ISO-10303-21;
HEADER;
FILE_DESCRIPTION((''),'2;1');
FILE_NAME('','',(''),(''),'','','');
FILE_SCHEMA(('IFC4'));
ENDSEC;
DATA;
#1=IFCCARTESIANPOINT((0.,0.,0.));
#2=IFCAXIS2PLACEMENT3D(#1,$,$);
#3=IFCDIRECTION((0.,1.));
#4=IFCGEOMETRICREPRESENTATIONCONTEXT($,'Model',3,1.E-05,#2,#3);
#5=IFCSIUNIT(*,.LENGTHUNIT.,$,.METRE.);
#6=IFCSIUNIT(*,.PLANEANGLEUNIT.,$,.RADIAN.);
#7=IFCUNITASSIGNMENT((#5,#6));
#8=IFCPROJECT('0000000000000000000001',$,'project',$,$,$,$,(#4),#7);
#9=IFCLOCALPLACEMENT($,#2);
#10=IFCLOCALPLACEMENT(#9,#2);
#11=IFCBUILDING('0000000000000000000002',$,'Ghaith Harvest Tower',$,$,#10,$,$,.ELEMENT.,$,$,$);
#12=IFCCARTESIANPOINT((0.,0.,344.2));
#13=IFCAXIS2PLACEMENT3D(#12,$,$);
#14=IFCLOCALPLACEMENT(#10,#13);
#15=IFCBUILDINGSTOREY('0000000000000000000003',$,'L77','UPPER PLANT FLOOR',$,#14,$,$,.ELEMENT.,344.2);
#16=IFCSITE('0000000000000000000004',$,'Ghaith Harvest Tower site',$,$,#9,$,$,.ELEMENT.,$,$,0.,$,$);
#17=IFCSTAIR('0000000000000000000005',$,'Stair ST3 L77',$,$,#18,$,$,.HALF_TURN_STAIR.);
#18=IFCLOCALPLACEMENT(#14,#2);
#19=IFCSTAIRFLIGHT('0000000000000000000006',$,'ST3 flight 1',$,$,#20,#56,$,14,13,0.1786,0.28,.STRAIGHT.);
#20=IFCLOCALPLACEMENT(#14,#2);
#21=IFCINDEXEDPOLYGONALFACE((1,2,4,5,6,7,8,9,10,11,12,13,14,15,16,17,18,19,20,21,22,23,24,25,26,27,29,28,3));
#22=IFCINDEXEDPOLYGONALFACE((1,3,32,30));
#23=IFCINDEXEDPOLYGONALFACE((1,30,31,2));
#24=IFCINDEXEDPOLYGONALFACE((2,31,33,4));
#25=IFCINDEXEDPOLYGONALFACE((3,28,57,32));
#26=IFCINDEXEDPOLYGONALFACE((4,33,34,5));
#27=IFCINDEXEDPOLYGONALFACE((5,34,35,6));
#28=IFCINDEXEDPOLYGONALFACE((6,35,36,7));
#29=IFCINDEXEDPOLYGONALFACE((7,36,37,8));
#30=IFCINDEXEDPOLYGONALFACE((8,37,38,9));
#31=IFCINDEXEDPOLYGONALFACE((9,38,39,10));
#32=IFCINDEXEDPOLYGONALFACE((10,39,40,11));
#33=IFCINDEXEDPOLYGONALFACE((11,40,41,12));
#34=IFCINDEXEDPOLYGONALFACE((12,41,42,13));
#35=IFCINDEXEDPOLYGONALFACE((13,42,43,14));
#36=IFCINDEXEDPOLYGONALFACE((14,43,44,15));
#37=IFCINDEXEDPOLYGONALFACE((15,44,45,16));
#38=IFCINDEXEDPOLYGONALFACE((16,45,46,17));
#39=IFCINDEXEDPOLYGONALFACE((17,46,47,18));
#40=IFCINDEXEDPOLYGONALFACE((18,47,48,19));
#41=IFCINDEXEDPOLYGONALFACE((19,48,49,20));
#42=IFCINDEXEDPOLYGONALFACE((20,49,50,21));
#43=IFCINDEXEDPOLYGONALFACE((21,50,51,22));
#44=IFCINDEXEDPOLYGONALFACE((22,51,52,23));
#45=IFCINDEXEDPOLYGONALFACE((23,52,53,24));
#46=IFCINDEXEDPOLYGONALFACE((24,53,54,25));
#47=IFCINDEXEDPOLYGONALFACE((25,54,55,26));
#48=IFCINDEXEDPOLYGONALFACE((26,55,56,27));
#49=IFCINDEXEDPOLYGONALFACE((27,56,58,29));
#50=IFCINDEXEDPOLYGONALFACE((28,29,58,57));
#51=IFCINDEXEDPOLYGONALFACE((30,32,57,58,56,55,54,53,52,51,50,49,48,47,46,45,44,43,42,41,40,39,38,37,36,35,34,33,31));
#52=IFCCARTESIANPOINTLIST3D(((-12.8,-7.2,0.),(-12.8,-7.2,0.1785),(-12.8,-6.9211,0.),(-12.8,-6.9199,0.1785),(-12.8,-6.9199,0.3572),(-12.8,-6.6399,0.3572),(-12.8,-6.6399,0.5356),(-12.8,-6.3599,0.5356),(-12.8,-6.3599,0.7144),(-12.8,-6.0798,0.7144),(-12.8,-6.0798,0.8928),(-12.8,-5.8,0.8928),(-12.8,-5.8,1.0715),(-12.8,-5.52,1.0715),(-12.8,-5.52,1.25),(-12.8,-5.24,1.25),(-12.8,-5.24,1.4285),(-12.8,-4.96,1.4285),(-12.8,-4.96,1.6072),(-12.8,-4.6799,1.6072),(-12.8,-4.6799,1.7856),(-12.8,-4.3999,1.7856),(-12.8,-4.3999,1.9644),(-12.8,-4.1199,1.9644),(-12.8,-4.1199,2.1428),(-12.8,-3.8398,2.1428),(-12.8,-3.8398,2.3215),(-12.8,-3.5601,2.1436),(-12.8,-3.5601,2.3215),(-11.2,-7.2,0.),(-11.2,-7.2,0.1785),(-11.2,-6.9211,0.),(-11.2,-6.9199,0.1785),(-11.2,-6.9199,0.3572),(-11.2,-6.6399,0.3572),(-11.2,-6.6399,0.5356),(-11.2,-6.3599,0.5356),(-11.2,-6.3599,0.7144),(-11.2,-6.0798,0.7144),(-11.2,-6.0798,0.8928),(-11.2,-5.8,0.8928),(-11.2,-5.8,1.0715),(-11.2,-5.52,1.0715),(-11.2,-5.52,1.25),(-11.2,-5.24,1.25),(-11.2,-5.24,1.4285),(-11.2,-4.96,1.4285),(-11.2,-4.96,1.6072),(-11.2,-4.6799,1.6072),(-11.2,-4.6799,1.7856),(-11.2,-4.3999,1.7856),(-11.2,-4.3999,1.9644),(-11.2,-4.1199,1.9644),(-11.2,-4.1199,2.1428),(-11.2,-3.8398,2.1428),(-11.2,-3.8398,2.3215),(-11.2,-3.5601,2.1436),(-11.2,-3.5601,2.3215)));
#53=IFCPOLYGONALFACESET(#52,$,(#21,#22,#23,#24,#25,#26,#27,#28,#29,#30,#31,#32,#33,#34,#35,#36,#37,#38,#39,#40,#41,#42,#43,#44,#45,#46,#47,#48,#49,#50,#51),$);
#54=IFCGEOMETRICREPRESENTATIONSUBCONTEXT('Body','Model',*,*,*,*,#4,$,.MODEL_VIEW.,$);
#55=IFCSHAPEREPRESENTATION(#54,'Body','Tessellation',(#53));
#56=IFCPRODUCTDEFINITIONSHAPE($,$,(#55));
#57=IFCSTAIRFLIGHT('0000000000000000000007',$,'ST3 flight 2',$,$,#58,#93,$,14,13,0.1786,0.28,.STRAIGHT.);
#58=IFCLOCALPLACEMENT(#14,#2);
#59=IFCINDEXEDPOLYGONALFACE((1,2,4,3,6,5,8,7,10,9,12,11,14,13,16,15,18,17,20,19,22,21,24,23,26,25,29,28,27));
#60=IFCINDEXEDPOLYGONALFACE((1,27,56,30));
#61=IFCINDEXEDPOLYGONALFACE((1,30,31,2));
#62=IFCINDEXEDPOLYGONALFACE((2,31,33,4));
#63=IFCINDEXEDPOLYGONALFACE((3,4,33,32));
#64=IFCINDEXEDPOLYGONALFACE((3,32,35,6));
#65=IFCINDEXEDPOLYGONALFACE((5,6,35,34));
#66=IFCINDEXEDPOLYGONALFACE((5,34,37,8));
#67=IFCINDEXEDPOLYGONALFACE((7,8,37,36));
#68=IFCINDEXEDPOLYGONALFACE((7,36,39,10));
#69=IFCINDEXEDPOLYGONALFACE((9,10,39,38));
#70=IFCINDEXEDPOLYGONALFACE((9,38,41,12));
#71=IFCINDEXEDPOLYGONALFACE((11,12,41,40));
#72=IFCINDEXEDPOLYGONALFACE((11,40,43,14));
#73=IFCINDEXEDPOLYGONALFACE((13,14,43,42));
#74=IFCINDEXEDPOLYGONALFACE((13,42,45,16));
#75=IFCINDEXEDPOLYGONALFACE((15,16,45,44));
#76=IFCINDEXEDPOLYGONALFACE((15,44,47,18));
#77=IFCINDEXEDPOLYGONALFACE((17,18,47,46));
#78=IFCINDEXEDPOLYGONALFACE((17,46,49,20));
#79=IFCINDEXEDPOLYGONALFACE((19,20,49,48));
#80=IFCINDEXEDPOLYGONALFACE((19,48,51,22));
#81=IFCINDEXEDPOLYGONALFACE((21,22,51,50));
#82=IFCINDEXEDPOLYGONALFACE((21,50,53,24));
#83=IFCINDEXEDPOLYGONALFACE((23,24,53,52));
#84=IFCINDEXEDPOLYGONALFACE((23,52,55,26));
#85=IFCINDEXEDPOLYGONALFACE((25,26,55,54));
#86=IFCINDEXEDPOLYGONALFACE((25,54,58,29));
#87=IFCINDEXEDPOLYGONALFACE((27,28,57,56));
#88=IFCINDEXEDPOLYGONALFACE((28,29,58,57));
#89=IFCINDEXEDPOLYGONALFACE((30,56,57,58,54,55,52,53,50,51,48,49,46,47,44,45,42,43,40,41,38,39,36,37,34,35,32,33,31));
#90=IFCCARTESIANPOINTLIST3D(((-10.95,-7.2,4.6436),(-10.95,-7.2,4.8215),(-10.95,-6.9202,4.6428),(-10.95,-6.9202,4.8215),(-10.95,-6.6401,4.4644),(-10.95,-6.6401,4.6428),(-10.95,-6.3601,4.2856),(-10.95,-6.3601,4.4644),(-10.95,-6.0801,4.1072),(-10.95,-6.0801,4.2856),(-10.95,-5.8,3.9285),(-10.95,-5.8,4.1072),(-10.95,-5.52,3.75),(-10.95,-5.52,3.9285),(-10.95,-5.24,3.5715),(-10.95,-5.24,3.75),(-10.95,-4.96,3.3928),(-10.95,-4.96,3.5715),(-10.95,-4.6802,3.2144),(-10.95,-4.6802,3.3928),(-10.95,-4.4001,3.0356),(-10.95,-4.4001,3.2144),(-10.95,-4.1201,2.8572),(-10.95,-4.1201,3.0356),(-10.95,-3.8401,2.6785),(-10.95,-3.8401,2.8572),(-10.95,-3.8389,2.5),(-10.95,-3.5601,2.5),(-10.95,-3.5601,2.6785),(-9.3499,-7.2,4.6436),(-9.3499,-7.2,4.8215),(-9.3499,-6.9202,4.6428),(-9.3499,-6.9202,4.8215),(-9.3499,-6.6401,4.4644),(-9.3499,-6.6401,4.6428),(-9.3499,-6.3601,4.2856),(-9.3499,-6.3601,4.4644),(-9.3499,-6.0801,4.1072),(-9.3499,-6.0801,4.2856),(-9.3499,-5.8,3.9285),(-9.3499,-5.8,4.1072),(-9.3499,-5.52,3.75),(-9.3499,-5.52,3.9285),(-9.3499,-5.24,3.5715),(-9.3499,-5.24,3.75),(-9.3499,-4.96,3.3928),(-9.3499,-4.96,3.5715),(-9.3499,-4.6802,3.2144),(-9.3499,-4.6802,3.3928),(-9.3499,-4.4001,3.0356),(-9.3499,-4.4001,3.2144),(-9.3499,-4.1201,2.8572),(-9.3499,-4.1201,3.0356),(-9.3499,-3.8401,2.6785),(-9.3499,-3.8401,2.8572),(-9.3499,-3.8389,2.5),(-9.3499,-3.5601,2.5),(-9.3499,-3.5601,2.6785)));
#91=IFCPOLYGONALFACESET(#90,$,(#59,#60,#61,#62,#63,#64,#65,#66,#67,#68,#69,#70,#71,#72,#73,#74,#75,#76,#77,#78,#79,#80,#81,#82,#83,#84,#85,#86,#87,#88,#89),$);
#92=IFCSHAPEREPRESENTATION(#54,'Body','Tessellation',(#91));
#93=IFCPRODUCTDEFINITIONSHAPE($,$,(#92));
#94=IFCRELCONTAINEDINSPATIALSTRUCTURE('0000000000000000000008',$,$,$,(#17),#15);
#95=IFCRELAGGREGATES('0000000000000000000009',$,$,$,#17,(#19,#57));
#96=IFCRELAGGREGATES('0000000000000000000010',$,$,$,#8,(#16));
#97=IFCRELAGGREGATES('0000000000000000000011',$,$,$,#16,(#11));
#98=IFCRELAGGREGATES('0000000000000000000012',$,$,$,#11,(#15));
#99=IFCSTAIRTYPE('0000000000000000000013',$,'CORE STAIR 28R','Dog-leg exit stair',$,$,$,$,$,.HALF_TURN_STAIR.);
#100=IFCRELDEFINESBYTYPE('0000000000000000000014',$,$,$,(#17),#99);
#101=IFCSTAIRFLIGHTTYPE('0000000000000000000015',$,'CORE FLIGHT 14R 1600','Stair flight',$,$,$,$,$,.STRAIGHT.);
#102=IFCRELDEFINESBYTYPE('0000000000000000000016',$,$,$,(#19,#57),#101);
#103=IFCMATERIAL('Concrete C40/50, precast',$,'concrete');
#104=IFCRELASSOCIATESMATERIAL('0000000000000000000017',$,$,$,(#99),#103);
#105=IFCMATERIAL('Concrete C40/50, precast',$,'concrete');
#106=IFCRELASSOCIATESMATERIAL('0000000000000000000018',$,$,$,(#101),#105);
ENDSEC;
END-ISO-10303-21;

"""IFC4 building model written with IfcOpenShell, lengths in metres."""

from ifc_helpers import new_model, si_unit, direction, frame, origin, place, context, subcontext, project, spatial, polyline, outline, extrude, material, type_object, element, aggregate, save


model = new_model("IFC4")

# Units and contexts
model_context = context("Model", 3, precision=1e-05, world=origin(), true_north=direction((0.0, 1.0)))
body_context = subcontext(model_context, "Body", "Model", "MODEL_VIEW")
ifc_project = project(units=[si_unit("LENGTHUNIT", "METRE"), si_unit("PLANEANGLEUNIT", "RADIAN")], contexts=[model_context])

# Site, building, storey
site_placement = place(None, origin())
site = spatial("IfcSite", under=ifc_project, at=site_placement, Name="Ghaith Harvest Tower site", CompositionType="ELEMENT", RefElevation=0.0)
building_placement = place(site_placement, origin())
building = spatial("IfcBuilding", under=site, at=building_placement, Name="Ghaith Harvest Tower", CompositionType="ELEMENT")
storey_placement = place(building_placement, frame((0.0, 0.0, 344.2)))
storey = spatial("IfcBuildingStorey", under=building, at=storey_placement, Name="L77", Description="UPPER PLANT FLOOR", CompositionType="ELEMENT", Elevation=344.2)

# Stair, stair flights
ifc_material_1 = material(Name="Concrete C40/50, precast", Category="concrete")
stair_type = type_object("IfcStairType", Name="CORE STAIR 28R", Description="Dog-leg exit stair", PredefinedType="HALF_TURN_STAIR", material=ifc_material_1)
stair_placement = place(storey_placement, origin())
stair = element("IfcStair", 1, at=stair_placement, inside=storey, type_object=stair_type, Name="Stair ST3 L77", PredefinedType="HALF_TURN_STAIR")
ifc_material_2 = material(Name="Concrete C40/50, precast", Category="concrete")
stair_flight_type = type_object("IfcStairFlightType", Name="CORE FLIGHT 14R 1600", Description="Stair flight", PredefinedType="STRAIGHT", material=ifc_material_2)
stair_flight_1_placement = place(storey_placement, frame((-12.0, -7.2, 0.0), z_axis=(0.0, 0.0, 1.0), x_axis=(0.0, 1.0, 0.0)))
stair_flight_1 = element("IfcStairFlight", 2, at=stair_flight_1_placement, type_object=stair_flight_type, Name="ST3 flight 1", NumberOfRisers=14, NumberOfTreads=13, PredefinedType="STRAIGHT", RiserHeight=0.1786, TreadLength=0.28, context=body_context, shape_type="SweptSolid", body=[
    extrude(outline(polyline([(0.0, 0.0), (0.0, 0.1785), (0.28, 0.1785), (0.28, 0.3572), (0.5601, 0.3572), (0.5601, 0.5356), (0.8401, 0.5356), (0.8401, 0.7144), (1.1201, 0.7144), (1.1201, 0.8928), (1.3999, 0.8928), (1.3999, 1.0715), (1.6799, 1.0715), (1.6799, 1.25), (1.96, 1.25), (1.96, 1.4285), (2.24, 1.4285), (2.24, 1.6072), (2.52, 1.6072), (2.52, 1.7856), (2.8, 1.7856), (2.8, 1.9644), (3.0801, 1.9644), (3.0801, 2.1428), (3.3601, 2.1428), (3.3601, 2.3215), (3.6399, 2.3215), (3.6399, 2.5), (3.6399, 2.1436), (0.2788, 0.0), (0.0, 0.0)])), frame((0.0, 0.8, 0.0), z_axis=(0.0, -1.0, 0.0), x_axis=(1.0, 0.0, 0.0)), (0.0, 0.0, 1.0), 1.6001),
])
stair_flight_2_placement = place(storey_placement, frame((-10.1499, -3.5601, 2.5), z_axis=(0.0, 0.0, 1.0), x_axis=(0.0, -1.0, 0.0)))
stair_flight_2 = element("IfcStairFlight", 3, at=stair_flight_2_placement, type_object=stair_flight_type, Name="ST3 flight 2", NumberOfRisers=14, NumberOfTreads=13, PredefinedType="STRAIGHT", RiserHeight=0.1786, TreadLength=0.28, context=body_context, shape_type="SweptSolid", body=[
    extrude(outline(polyline([(0.0, 0.0), (0.0, 0.1785), (0.28, 0.1785), (0.28, 0.3572), (0.5601, 0.3572), (0.5601, 0.5356), (0.8401, 0.5356), (0.8401, 0.7144), (1.1201, 0.7144), (1.1201, 0.8928), (1.3999, 0.8928), (1.3999, 1.0715), (1.6799, 1.0715), (1.6799, 1.25), (1.96, 1.25), (1.96, 1.4285), (2.24, 1.4285), (2.24, 1.6072), (2.52, 1.6072), (2.52, 1.7856), (2.8, 1.7856), (2.8, 1.9644), (3.0801, 1.9644), (3.0801, 2.1428), (3.3601, 2.1428), (3.3601, 2.3215), (3.6399, 2.3215), (3.6399, 2.5), (3.6399, 2.1436), (0.2788, 0.0), (0.0, 0.0)])), frame((0.0, 0.8, 0.0), z_axis=(0.0, -1.0, 0.0), x_axis=(1.0, 0.0, 0.0)), (0.0, 0.0, 1.0), 1.6001),
])
aggregate(stair, [stair_flight_1, stair_flight_2])

save(model, "model.ifc")
